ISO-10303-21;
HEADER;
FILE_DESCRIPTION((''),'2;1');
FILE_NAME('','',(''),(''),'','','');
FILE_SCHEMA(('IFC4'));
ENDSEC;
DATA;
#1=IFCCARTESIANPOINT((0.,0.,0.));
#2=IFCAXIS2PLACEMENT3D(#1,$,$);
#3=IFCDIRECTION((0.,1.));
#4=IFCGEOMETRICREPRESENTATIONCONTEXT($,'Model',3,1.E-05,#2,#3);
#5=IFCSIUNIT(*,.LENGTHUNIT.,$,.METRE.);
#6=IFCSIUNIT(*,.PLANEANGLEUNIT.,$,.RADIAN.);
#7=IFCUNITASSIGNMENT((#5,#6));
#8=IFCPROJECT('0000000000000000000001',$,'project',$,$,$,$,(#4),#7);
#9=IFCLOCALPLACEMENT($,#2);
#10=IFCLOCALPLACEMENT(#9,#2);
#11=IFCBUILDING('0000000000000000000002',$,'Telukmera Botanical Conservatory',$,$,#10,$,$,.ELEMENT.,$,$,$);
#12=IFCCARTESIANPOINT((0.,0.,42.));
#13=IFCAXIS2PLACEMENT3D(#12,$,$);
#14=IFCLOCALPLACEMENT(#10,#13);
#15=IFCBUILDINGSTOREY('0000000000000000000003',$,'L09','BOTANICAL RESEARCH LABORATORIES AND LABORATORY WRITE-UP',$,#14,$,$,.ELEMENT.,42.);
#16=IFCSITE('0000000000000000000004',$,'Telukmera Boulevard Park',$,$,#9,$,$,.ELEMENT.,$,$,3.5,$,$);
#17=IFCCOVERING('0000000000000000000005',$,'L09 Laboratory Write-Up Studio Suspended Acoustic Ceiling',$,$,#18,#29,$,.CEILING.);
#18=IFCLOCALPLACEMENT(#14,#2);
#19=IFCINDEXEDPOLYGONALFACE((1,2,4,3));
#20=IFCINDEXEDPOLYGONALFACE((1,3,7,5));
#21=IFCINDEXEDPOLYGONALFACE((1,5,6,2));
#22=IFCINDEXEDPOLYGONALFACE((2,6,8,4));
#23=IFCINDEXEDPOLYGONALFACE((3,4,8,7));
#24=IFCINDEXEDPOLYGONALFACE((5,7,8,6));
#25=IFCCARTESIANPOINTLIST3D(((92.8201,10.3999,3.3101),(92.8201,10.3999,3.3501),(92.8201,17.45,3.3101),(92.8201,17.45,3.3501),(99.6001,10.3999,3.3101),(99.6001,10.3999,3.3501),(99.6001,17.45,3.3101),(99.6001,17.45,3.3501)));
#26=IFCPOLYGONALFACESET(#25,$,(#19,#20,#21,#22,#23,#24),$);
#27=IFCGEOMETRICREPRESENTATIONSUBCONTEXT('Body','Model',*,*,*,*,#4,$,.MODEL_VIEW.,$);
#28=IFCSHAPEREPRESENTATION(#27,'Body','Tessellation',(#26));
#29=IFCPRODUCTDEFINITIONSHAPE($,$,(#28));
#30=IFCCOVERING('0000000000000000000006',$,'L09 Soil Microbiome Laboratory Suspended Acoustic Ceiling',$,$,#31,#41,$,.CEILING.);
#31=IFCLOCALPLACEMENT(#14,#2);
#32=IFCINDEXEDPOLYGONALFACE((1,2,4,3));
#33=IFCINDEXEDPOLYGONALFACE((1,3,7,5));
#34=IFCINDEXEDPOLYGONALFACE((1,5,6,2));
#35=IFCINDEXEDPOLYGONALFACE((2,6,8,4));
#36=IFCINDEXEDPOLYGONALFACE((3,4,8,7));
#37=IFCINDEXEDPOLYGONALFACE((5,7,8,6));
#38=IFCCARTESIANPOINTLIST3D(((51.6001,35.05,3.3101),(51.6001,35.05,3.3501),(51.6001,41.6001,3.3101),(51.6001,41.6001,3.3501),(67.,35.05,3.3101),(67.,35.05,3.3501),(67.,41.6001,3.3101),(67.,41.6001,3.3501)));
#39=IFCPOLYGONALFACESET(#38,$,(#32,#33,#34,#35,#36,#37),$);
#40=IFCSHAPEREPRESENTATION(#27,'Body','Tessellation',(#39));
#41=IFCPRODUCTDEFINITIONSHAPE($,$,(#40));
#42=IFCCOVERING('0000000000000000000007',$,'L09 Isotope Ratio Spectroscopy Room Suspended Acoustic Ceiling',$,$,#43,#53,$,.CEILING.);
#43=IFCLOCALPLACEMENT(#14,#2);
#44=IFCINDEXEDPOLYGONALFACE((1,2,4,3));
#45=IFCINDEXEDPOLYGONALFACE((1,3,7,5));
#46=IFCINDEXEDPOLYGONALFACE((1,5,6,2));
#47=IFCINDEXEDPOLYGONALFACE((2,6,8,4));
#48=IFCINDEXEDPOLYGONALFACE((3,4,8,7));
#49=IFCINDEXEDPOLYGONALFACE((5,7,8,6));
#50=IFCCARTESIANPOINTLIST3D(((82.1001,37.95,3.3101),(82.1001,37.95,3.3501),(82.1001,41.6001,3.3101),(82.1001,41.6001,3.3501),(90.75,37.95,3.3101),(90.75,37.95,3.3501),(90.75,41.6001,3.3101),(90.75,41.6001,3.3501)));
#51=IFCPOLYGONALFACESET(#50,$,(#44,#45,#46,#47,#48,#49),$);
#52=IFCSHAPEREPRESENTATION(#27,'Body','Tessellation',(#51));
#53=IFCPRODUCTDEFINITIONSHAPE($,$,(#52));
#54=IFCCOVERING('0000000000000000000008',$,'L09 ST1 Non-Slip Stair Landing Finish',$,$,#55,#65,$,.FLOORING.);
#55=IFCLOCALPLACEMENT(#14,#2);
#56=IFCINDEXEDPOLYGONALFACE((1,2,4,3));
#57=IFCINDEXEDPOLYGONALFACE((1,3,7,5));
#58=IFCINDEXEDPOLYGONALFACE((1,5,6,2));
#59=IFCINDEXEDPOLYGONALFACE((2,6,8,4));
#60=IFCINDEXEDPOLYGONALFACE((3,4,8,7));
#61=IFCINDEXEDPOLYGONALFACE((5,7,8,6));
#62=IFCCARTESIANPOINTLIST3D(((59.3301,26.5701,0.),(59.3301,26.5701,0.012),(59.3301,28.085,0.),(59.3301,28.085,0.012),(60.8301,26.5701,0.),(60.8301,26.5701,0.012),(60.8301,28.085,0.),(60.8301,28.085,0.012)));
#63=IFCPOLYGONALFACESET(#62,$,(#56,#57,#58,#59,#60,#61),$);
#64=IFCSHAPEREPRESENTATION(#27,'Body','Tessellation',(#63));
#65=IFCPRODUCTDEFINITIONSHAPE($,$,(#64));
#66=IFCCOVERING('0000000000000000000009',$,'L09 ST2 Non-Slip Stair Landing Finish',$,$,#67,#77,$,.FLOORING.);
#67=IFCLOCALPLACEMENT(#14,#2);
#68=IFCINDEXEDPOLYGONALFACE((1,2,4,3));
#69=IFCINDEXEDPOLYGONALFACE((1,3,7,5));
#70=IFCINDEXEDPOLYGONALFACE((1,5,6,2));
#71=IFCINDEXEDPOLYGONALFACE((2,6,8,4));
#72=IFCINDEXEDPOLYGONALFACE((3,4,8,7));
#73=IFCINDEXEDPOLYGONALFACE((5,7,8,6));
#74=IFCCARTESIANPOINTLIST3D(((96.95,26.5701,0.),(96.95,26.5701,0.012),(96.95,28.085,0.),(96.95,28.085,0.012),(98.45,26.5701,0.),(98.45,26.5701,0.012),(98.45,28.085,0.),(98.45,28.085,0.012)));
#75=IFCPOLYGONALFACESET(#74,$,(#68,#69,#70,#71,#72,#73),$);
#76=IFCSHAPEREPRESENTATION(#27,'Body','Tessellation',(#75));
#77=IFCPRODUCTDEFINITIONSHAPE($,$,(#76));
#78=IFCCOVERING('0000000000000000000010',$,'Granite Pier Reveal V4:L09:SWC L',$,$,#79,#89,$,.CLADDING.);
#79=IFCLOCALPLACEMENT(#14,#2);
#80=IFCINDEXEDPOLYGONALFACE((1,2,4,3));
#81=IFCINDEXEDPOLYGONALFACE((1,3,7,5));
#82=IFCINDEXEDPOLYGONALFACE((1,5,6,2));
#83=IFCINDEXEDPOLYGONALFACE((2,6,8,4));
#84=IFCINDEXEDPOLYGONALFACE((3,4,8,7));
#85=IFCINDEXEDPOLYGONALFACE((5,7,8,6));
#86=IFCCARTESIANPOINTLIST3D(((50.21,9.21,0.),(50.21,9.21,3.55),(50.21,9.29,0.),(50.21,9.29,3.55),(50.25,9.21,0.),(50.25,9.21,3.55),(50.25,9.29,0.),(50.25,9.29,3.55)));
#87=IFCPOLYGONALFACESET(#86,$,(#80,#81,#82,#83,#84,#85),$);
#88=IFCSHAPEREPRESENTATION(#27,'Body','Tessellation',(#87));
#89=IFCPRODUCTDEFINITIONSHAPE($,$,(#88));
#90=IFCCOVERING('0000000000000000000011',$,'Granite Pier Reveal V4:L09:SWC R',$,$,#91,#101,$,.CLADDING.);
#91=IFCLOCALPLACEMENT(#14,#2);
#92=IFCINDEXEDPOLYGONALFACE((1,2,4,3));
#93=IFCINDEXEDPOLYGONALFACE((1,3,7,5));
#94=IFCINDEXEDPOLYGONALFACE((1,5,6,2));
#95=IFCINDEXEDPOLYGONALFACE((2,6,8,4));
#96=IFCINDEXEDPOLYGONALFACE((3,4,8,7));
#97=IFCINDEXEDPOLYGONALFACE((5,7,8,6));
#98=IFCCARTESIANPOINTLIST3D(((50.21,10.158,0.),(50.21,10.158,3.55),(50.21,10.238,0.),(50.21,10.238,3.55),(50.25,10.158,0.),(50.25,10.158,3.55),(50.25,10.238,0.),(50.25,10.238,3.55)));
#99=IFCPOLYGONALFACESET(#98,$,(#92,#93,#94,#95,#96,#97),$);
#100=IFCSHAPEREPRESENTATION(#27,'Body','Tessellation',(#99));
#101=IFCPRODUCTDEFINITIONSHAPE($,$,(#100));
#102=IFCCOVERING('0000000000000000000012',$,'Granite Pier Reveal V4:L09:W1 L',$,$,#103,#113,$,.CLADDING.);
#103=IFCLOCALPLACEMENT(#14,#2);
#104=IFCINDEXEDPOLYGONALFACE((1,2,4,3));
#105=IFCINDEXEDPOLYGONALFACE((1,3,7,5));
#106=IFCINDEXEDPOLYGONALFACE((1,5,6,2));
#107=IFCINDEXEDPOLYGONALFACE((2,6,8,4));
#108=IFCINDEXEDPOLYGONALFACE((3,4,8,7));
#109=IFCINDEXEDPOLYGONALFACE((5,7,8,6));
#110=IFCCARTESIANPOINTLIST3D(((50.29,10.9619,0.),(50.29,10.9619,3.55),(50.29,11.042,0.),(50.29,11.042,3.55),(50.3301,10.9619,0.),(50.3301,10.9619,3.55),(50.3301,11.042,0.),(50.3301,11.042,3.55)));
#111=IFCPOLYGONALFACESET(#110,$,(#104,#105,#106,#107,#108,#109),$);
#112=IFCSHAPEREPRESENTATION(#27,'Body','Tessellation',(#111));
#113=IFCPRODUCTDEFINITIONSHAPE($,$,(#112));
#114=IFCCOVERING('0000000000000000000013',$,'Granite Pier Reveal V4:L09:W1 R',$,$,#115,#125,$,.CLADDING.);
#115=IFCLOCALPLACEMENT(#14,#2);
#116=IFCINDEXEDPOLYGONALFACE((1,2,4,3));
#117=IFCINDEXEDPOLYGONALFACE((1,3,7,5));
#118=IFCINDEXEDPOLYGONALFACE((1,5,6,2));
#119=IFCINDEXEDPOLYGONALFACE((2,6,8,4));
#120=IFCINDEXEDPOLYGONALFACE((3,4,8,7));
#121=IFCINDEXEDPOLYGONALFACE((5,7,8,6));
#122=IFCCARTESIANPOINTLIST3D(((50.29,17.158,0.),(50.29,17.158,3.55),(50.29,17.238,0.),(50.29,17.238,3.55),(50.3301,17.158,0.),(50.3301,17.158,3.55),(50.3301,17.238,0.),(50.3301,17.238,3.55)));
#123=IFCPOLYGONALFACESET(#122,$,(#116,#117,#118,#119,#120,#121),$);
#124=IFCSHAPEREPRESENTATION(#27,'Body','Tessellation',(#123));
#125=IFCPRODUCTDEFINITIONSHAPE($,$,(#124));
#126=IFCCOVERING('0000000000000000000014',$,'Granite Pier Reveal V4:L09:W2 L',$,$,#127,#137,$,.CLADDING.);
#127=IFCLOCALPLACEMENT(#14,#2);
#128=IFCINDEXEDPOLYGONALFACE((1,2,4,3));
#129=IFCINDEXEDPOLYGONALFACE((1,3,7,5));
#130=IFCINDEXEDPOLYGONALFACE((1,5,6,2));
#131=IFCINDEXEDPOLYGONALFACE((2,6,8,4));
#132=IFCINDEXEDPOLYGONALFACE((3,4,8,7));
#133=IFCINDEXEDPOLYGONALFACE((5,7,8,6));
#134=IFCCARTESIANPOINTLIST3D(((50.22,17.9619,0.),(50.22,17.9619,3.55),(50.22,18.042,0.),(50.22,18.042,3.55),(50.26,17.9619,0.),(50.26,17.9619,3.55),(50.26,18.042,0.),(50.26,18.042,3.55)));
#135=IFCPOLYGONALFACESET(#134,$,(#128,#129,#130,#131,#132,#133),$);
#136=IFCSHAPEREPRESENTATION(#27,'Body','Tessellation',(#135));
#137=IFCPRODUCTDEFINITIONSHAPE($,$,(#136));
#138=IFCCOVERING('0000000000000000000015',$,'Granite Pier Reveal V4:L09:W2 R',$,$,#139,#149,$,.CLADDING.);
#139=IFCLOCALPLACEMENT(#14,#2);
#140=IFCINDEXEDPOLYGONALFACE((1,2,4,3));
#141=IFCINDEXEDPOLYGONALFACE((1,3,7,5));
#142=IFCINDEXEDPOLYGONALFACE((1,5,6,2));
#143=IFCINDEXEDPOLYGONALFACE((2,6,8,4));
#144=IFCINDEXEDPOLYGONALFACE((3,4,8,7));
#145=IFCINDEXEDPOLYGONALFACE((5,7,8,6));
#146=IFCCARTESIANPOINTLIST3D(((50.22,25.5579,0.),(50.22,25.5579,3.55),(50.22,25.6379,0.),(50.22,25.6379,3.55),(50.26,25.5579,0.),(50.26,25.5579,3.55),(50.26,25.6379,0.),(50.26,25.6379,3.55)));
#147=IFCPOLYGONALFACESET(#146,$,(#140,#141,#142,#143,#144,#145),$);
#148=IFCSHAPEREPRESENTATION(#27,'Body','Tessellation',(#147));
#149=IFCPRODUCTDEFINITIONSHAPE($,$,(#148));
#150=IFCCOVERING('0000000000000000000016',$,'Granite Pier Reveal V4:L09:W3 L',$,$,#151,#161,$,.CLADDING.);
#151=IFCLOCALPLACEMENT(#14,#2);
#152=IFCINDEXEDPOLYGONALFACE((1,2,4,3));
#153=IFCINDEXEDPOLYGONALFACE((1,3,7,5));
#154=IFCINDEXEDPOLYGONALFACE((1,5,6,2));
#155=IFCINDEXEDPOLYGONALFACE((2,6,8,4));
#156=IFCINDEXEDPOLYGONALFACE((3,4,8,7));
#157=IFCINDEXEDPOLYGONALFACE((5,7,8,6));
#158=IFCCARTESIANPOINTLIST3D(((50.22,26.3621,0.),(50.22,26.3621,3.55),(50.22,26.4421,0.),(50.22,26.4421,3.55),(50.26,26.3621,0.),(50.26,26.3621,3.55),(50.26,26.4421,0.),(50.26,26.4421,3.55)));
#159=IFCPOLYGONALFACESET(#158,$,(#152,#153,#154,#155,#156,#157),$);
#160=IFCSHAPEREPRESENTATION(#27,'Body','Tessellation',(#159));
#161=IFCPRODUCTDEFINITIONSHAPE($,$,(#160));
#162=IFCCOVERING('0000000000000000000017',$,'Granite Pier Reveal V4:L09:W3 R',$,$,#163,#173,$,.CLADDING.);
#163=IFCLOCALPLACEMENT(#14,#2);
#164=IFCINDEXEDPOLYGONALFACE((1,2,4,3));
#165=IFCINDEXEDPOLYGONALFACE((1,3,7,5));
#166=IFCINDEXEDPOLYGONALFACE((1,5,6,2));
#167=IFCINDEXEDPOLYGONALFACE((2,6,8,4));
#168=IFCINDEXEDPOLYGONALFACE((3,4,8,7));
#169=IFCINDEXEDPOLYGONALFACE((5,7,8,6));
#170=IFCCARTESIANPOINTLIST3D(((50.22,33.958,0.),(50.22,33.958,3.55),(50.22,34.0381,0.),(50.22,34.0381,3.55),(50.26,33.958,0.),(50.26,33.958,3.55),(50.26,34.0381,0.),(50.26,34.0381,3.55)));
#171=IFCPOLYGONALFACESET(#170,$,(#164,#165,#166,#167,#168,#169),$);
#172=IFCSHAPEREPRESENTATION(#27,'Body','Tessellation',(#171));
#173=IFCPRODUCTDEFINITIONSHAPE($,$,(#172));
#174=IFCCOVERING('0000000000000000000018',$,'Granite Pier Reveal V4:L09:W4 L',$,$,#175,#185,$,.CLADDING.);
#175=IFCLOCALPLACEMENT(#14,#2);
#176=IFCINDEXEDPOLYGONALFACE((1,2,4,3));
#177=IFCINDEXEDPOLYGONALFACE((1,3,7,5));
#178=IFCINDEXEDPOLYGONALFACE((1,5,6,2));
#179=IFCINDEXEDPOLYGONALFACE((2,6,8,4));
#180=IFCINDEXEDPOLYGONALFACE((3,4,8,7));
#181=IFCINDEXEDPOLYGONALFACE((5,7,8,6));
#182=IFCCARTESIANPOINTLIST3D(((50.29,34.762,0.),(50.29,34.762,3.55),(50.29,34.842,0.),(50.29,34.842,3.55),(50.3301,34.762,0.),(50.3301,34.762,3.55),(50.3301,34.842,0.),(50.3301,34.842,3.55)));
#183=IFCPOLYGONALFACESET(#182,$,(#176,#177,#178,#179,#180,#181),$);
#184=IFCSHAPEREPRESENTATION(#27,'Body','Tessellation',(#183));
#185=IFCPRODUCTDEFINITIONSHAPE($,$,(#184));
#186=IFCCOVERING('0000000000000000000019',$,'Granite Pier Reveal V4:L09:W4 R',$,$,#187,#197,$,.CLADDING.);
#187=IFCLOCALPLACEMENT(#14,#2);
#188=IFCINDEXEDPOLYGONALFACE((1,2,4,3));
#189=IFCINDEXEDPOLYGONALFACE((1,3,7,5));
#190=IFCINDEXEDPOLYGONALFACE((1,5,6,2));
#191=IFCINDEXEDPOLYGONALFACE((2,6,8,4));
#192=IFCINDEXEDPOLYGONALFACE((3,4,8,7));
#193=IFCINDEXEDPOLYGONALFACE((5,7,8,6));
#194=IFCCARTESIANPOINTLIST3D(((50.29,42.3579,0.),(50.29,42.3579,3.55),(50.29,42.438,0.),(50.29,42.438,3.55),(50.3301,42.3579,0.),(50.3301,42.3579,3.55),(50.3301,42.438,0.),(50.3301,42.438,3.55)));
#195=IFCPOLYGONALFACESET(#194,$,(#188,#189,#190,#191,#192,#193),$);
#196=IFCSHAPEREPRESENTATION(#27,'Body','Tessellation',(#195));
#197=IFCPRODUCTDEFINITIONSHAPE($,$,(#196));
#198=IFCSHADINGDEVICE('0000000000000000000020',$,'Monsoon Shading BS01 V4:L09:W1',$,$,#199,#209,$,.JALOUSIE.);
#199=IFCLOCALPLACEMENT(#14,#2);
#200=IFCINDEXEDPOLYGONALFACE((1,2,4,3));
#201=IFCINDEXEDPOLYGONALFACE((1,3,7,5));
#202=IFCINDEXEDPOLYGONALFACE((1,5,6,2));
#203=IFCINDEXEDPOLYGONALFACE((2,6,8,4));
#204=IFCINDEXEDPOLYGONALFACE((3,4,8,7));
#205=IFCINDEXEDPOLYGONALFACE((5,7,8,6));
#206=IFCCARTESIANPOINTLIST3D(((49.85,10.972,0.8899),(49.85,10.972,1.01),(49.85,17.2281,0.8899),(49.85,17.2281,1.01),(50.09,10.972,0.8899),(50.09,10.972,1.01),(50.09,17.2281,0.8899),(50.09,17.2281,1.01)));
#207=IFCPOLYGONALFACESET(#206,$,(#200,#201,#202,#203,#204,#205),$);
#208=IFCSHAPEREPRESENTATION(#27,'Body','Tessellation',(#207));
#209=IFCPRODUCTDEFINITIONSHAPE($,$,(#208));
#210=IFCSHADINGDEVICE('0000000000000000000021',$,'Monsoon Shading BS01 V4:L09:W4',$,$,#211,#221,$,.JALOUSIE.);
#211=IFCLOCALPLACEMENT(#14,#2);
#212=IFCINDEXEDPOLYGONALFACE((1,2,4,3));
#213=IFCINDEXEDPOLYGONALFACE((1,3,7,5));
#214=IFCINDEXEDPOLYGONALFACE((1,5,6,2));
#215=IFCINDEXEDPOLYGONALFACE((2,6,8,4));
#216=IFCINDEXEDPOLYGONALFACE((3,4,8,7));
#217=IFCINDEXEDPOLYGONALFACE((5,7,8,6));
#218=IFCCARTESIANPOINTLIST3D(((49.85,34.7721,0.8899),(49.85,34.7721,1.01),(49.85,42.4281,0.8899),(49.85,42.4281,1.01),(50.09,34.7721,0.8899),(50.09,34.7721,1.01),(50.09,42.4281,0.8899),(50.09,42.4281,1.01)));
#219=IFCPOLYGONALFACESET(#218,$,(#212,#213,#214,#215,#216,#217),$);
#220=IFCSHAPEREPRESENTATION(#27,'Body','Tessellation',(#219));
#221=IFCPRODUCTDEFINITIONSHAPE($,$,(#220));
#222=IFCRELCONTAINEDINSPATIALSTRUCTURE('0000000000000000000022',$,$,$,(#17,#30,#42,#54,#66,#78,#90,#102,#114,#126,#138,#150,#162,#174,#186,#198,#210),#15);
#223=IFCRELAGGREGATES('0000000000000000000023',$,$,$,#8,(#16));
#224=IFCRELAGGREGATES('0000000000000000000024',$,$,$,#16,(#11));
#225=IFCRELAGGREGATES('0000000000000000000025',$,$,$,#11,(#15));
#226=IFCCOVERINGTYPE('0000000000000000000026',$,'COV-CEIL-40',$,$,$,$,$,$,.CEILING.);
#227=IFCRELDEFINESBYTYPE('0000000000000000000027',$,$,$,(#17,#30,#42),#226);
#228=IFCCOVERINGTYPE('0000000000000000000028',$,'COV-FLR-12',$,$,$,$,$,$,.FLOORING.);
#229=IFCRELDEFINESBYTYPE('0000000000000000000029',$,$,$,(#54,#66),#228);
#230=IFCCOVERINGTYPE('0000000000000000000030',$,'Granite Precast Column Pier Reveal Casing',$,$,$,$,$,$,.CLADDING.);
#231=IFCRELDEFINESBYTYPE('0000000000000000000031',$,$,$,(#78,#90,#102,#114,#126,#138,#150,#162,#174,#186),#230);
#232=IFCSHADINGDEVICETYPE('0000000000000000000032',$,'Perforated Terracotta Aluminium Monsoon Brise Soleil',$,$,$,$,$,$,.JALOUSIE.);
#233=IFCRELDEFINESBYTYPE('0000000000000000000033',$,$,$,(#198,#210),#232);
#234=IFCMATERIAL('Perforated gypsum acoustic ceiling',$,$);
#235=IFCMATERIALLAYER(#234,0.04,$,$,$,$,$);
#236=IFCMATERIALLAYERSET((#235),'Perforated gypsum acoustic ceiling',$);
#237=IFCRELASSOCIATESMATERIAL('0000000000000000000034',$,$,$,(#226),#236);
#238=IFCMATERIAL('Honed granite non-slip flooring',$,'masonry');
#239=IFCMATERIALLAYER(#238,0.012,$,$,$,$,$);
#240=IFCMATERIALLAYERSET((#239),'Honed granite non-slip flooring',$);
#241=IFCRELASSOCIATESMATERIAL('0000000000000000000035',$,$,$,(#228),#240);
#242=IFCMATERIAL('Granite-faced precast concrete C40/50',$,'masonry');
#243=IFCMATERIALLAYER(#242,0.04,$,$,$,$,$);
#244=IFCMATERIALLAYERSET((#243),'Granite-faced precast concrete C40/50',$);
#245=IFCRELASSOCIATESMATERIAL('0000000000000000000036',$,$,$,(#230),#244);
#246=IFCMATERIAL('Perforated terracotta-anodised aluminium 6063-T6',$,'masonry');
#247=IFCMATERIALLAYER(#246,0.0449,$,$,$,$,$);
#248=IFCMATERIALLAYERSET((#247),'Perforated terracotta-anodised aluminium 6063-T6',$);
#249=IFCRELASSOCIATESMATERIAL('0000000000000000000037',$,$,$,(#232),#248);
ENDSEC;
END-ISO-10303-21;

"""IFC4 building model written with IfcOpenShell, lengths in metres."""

from ifc_helpers import new_model, si_unit, direction, frame, origin, origin_2d, place, context, subcontext, project, spatial, polyline, rectangle, outline, extrude, material, layer, layer_set, type_object, element, save


model = new_model("IFC4")

# Units and contexts
model_context = context("Model", 3, precision=1e-05, world=origin(), true_north=direction((0.0, 1.0)))
body_context = subcontext(model_context, "Body", "Model", "MODEL_VIEW")
ifc_project = project(units=[si_unit("LENGTHUNIT", "METRE"), si_unit("PLANEANGLEUNIT", "RADIAN")], contexts=[model_context])

# Site, building, storey
site_placement = place(None, origin())
site = spatial("IfcSite", under=ifc_project, at=site_placement, Name="Telukmera Boulevard Park", CompositionType="ELEMENT", RefElevation=3.5)
building_placement = place(site_placement, origin())
building = spatial("IfcBuilding", under=site, at=building_placement, Name="Telukmera Botanical Conservatory", CompositionType="ELEMENT")
storey_placement = place(building_placement, frame((0.0, 0.0, 42.0)))
storey = spatial("IfcBuildingStorey", under=building, at=storey_placement, Name="L09", Description="BOTANICAL RESEARCH LABORATORIES AND LABORATORY WRITE-UP", CompositionType="ELEMENT", Elevation=42.0)

# Coverings
ifc_material_1 = material(Name="Perforated gypsum acoustic ceiling")
ifc_layer_1 = layer(ifc_material_1, 0.04)
ifc_layer_set_1 = layer_set([ifc_layer_1], Name="Perforated gypsum acoustic ceiling")
covering_type_1 = type_object("IfcCoveringType", Name="COV-CEIL-40", PredefinedType="CEILING", material=ifc_layer_set_1)
covering_1_placement = place(storey_placement, frame((0.0, 0.0, 3.3101)))
element("IfcCovering", 1, at=covering_1_placement, inside=storey, type_object=covering_type_1, Name="L09 Laboratory Write-Up Studio Suspended Acoustic Ceiling", PredefinedType="CEILING", context=body_context, shape_type="SweptSolid", body=[
    extrude(outline(polyline([(92.8201, 10.3999), (99.6001, 10.3999), (99.6001, 17.45), (92.8201, 17.45), (92.8201, 10.3999)])), origin(), (0.0, 0.0, 1.0), 0.04),
])
covering_2_placement = place(storey_placement, frame((0.0, 0.0, 3.3101)))
element("IfcCovering", 2, at=covering_2_placement, inside=storey, type_object=covering_type_1, Name="L09 Soil Microbiome Laboratory Suspended Acoustic Ceiling", PredefinedType="CEILING", context=body_context, shape_type="SweptSolid", body=[
    extrude(outline(polyline([(51.6001, 35.05), (67.0, 35.05), (67.0, 41.6001), (51.6001, 41.6001), (51.6001, 35.05)])), origin(), (0.0, 0.0, 1.0), 0.04),
])
covering_3_placement = place(storey_placement, frame((0.0, 0.0, 3.3101)))
element("IfcCovering", 3, at=covering_3_placement, inside=storey, type_object=covering_type_1, Name="L09 Isotope Ratio Spectroscopy Room Suspended Acoustic Ceiling", PredefinedType="CEILING", context=body_context, shape_type="SweptSolid", body=[
    extrude(outline(polyline([(82.1001, 37.95), (90.75, 37.95), (90.75, 41.6001), (82.1001, 41.6001), (82.1001, 37.95)])), origin(), (0.0, 0.0, 1.0), 0.04),
])
ifc_material_2 = material(Name="Honed granite non-slip flooring", Category="masonry")
ifc_layer_2 = layer(ifc_material_2, 0.012)
ifc_layer_set_2 = layer_set([ifc_layer_2], Name="Honed granite non-slip flooring")
covering_type_2 = type_object("IfcCoveringType", Name="COV-FLR-12", PredefinedType="FLOORING", material=ifc_layer_set_2)
covering_4_placement = place(storey_placement, origin())
element("IfcCovering", 4, at=covering_4_placement, inside=storey, type_object=covering_type_2, Name="L09 ST1 Non-Slip Stair Landing Finish", PredefinedType="FLOORING", context=body_context, shape_type="SweptSolid", body=[
    extrude(outline(polyline([(60.8301, 26.5701), (60.8301, 28.085), (59.3301, 28.085), (59.3301, 26.5701), (60.8301, 26.5701)])), origin(), (0.0, 0.0, 1.0), 0.012),
])
covering_5_placement = place(storey_placement, origin())
element("IfcCovering", 5, at=covering_5_placement, inside=storey, type_object=covering_type_2, Name="L09 ST2 Non-Slip Stair Landing Finish", PredefinedType="FLOORING", context=body_context, shape_type="SweptSolid", body=[
    extrude(outline(polyline([(98.45, 26.5701), (98.45, 28.085), (96.95, 28.085), (96.95, 26.5701), (98.45, 26.5701)])), origin(), (0.0, 0.0, 1.0), 0.012),
])
ifc_material_3 = material(Name="Granite-faced precast concrete C40/50", Category="masonry")
ifc_layer_3 = layer(ifc_material_3, 0.04)
ifc_layer_set_3 = layer_set([ifc_layer_3], Name="Granite-faced precast concrete C40/50")
covering_type_3 = type_object("IfcCoveringType", Name="Granite Precast Column Pier Reveal Casing", PredefinedType="CLADDING", material=ifc_layer_set_3)
for number, where, z_axis, x_axis, name in (
    (6, (50.23, 9.25, 0.0), (0.0, 0.0, 1.0), (0.0, 1.0, 0.0), "Granite Pier Reveal V4:L09:SWC L"),
    (7, (50.23, 10.198, 0.0), (0.0, 0.0, 1.0), (0.0, 1.0, 0.0), "Granite Pier Reveal V4:L09:SWC R"),
    (8, (50.3101, 11.002, 0.0), (0.0, 0.0, 1.0), (0.0, 1.0, 0.0), "Granite Pier Reveal V4:L09:W1 L"),
    (9, (50.3101, 17.198, 0.0), (0.0, 0.0, 1.0), (0.0, 1.0, 0.0), "Granite Pier Reveal V4:L09:W1 R"),
    (10, (50.24, 18.002, 0.0), (0.0, 0.0, 1.0), (0.0, 1.0, 0.0), "Granite Pier Reveal V4:L09:W2 L"),
    (11, (50.24, 25.5979, 0.0), (0.0, 0.0, 1.0), (0.0, 1.0, 0.0), "Granite Pier Reveal V4:L09:W2 R"),
    (12, (50.24, 26.4021, 0.0), (0.0, 0.0, 1.0), (0.0, 1.0, 0.0), "Granite Pier Reveal V4:L09:W3 L"),
    (13, (50.24, 33.998, 0.0), (0.0, 0.0, 1.0), (0.0, 1.0, 0.0), "Granite Pier Reveal V4:L09:W3 R"),
    (14, (50.3101, 34.802, 0.0), (0.0, 0.0, 1.0), (0.0, 1.0, 0.0), "Granite Pier Reveal V4:L09:W4 L"),
    (15, (50.3101, 42.3979, 0.0), (0.0, 0.0, 1.0), (0.0, 1.0, 0.0), "Granite Pier Reveal V4:L09:W4 R"),
):
    element("IfcCovering", number, at=place(storey_placement, frame(where, z_axis=z_axis, x_axis=x_axis)), inside=storey, type_object=covering_type_3, Name=name, PredefinedType="CLADDING", context=body_context, shape_type="SweptSolid", body=[
        extrude(rectangle(XDim=0.0801, YDim=0.04, at=origin_2d()), origin(), (0.0, 0.0, 1.0), 3.55),
    ])

# Shading devices
ifc_material_4 = material(Name="Perforated terracotta-anodised aluminium 6063-T6", Category="masonry")
ifc_layer_4 = layer(ifc_material_4, 0.0449)
ifc_layer_set_4 = layer_set([ifc_layer_4], Name="Perforated terracotta-anodised aluminium 6063-T6")
shading_device_type = type_object("IfcShadingDeviceType", Name="Perforated Terracotta Aluminium Monsoon Brise Soleil", PredefinedType="JALOUSIE", material=ifc_layer_set_4)
shading_device_1_placement = place(storey_placement, frame((49.97, 14.1001, 0.8899), z_axis=(0.0, 0.0, 1.0), x_axis=(0.0, 1.0, 0.0)))
element("IfcShadingDevice", 16, at=shading_device_1_placement, inside=storey, type_object=shading_device_type, Name="Monsoon Shading BS01 V4:L09:W1", PredefinedType="JALOUSIE", context=body_context, shape_type="SweptSolid", body=[
    extrude(rectangle(XDim=6.2561, YDim=0.24, at=origin_2d()), origin(), (0.0, 0.0, 1.0), 0.1201),
])
shading_device_2_placement = place(storey_placement, frame((49.97, 38.6001, 0.8899), z_axis=(0.0, 0.0, 1.0), x_axis=(0.0, 1.0, 0.0)))
element("IfcShadingDevice", 17, at=shading_device_2_placement, inside=storey, type_object=shading_device_type, Name="Monsoon Shading BS01 V4:L09:W4", PredefinedType="JALOUSIE", context=body_context, shape_type="SweptSolid", body=[
    extrude(rectangle(XDim=7.656, YDim=0.24, at=origin_2d()), origin(), (0.0, 0.0, 1.0), 0.1201),
])

save(model, "model.ifc")
